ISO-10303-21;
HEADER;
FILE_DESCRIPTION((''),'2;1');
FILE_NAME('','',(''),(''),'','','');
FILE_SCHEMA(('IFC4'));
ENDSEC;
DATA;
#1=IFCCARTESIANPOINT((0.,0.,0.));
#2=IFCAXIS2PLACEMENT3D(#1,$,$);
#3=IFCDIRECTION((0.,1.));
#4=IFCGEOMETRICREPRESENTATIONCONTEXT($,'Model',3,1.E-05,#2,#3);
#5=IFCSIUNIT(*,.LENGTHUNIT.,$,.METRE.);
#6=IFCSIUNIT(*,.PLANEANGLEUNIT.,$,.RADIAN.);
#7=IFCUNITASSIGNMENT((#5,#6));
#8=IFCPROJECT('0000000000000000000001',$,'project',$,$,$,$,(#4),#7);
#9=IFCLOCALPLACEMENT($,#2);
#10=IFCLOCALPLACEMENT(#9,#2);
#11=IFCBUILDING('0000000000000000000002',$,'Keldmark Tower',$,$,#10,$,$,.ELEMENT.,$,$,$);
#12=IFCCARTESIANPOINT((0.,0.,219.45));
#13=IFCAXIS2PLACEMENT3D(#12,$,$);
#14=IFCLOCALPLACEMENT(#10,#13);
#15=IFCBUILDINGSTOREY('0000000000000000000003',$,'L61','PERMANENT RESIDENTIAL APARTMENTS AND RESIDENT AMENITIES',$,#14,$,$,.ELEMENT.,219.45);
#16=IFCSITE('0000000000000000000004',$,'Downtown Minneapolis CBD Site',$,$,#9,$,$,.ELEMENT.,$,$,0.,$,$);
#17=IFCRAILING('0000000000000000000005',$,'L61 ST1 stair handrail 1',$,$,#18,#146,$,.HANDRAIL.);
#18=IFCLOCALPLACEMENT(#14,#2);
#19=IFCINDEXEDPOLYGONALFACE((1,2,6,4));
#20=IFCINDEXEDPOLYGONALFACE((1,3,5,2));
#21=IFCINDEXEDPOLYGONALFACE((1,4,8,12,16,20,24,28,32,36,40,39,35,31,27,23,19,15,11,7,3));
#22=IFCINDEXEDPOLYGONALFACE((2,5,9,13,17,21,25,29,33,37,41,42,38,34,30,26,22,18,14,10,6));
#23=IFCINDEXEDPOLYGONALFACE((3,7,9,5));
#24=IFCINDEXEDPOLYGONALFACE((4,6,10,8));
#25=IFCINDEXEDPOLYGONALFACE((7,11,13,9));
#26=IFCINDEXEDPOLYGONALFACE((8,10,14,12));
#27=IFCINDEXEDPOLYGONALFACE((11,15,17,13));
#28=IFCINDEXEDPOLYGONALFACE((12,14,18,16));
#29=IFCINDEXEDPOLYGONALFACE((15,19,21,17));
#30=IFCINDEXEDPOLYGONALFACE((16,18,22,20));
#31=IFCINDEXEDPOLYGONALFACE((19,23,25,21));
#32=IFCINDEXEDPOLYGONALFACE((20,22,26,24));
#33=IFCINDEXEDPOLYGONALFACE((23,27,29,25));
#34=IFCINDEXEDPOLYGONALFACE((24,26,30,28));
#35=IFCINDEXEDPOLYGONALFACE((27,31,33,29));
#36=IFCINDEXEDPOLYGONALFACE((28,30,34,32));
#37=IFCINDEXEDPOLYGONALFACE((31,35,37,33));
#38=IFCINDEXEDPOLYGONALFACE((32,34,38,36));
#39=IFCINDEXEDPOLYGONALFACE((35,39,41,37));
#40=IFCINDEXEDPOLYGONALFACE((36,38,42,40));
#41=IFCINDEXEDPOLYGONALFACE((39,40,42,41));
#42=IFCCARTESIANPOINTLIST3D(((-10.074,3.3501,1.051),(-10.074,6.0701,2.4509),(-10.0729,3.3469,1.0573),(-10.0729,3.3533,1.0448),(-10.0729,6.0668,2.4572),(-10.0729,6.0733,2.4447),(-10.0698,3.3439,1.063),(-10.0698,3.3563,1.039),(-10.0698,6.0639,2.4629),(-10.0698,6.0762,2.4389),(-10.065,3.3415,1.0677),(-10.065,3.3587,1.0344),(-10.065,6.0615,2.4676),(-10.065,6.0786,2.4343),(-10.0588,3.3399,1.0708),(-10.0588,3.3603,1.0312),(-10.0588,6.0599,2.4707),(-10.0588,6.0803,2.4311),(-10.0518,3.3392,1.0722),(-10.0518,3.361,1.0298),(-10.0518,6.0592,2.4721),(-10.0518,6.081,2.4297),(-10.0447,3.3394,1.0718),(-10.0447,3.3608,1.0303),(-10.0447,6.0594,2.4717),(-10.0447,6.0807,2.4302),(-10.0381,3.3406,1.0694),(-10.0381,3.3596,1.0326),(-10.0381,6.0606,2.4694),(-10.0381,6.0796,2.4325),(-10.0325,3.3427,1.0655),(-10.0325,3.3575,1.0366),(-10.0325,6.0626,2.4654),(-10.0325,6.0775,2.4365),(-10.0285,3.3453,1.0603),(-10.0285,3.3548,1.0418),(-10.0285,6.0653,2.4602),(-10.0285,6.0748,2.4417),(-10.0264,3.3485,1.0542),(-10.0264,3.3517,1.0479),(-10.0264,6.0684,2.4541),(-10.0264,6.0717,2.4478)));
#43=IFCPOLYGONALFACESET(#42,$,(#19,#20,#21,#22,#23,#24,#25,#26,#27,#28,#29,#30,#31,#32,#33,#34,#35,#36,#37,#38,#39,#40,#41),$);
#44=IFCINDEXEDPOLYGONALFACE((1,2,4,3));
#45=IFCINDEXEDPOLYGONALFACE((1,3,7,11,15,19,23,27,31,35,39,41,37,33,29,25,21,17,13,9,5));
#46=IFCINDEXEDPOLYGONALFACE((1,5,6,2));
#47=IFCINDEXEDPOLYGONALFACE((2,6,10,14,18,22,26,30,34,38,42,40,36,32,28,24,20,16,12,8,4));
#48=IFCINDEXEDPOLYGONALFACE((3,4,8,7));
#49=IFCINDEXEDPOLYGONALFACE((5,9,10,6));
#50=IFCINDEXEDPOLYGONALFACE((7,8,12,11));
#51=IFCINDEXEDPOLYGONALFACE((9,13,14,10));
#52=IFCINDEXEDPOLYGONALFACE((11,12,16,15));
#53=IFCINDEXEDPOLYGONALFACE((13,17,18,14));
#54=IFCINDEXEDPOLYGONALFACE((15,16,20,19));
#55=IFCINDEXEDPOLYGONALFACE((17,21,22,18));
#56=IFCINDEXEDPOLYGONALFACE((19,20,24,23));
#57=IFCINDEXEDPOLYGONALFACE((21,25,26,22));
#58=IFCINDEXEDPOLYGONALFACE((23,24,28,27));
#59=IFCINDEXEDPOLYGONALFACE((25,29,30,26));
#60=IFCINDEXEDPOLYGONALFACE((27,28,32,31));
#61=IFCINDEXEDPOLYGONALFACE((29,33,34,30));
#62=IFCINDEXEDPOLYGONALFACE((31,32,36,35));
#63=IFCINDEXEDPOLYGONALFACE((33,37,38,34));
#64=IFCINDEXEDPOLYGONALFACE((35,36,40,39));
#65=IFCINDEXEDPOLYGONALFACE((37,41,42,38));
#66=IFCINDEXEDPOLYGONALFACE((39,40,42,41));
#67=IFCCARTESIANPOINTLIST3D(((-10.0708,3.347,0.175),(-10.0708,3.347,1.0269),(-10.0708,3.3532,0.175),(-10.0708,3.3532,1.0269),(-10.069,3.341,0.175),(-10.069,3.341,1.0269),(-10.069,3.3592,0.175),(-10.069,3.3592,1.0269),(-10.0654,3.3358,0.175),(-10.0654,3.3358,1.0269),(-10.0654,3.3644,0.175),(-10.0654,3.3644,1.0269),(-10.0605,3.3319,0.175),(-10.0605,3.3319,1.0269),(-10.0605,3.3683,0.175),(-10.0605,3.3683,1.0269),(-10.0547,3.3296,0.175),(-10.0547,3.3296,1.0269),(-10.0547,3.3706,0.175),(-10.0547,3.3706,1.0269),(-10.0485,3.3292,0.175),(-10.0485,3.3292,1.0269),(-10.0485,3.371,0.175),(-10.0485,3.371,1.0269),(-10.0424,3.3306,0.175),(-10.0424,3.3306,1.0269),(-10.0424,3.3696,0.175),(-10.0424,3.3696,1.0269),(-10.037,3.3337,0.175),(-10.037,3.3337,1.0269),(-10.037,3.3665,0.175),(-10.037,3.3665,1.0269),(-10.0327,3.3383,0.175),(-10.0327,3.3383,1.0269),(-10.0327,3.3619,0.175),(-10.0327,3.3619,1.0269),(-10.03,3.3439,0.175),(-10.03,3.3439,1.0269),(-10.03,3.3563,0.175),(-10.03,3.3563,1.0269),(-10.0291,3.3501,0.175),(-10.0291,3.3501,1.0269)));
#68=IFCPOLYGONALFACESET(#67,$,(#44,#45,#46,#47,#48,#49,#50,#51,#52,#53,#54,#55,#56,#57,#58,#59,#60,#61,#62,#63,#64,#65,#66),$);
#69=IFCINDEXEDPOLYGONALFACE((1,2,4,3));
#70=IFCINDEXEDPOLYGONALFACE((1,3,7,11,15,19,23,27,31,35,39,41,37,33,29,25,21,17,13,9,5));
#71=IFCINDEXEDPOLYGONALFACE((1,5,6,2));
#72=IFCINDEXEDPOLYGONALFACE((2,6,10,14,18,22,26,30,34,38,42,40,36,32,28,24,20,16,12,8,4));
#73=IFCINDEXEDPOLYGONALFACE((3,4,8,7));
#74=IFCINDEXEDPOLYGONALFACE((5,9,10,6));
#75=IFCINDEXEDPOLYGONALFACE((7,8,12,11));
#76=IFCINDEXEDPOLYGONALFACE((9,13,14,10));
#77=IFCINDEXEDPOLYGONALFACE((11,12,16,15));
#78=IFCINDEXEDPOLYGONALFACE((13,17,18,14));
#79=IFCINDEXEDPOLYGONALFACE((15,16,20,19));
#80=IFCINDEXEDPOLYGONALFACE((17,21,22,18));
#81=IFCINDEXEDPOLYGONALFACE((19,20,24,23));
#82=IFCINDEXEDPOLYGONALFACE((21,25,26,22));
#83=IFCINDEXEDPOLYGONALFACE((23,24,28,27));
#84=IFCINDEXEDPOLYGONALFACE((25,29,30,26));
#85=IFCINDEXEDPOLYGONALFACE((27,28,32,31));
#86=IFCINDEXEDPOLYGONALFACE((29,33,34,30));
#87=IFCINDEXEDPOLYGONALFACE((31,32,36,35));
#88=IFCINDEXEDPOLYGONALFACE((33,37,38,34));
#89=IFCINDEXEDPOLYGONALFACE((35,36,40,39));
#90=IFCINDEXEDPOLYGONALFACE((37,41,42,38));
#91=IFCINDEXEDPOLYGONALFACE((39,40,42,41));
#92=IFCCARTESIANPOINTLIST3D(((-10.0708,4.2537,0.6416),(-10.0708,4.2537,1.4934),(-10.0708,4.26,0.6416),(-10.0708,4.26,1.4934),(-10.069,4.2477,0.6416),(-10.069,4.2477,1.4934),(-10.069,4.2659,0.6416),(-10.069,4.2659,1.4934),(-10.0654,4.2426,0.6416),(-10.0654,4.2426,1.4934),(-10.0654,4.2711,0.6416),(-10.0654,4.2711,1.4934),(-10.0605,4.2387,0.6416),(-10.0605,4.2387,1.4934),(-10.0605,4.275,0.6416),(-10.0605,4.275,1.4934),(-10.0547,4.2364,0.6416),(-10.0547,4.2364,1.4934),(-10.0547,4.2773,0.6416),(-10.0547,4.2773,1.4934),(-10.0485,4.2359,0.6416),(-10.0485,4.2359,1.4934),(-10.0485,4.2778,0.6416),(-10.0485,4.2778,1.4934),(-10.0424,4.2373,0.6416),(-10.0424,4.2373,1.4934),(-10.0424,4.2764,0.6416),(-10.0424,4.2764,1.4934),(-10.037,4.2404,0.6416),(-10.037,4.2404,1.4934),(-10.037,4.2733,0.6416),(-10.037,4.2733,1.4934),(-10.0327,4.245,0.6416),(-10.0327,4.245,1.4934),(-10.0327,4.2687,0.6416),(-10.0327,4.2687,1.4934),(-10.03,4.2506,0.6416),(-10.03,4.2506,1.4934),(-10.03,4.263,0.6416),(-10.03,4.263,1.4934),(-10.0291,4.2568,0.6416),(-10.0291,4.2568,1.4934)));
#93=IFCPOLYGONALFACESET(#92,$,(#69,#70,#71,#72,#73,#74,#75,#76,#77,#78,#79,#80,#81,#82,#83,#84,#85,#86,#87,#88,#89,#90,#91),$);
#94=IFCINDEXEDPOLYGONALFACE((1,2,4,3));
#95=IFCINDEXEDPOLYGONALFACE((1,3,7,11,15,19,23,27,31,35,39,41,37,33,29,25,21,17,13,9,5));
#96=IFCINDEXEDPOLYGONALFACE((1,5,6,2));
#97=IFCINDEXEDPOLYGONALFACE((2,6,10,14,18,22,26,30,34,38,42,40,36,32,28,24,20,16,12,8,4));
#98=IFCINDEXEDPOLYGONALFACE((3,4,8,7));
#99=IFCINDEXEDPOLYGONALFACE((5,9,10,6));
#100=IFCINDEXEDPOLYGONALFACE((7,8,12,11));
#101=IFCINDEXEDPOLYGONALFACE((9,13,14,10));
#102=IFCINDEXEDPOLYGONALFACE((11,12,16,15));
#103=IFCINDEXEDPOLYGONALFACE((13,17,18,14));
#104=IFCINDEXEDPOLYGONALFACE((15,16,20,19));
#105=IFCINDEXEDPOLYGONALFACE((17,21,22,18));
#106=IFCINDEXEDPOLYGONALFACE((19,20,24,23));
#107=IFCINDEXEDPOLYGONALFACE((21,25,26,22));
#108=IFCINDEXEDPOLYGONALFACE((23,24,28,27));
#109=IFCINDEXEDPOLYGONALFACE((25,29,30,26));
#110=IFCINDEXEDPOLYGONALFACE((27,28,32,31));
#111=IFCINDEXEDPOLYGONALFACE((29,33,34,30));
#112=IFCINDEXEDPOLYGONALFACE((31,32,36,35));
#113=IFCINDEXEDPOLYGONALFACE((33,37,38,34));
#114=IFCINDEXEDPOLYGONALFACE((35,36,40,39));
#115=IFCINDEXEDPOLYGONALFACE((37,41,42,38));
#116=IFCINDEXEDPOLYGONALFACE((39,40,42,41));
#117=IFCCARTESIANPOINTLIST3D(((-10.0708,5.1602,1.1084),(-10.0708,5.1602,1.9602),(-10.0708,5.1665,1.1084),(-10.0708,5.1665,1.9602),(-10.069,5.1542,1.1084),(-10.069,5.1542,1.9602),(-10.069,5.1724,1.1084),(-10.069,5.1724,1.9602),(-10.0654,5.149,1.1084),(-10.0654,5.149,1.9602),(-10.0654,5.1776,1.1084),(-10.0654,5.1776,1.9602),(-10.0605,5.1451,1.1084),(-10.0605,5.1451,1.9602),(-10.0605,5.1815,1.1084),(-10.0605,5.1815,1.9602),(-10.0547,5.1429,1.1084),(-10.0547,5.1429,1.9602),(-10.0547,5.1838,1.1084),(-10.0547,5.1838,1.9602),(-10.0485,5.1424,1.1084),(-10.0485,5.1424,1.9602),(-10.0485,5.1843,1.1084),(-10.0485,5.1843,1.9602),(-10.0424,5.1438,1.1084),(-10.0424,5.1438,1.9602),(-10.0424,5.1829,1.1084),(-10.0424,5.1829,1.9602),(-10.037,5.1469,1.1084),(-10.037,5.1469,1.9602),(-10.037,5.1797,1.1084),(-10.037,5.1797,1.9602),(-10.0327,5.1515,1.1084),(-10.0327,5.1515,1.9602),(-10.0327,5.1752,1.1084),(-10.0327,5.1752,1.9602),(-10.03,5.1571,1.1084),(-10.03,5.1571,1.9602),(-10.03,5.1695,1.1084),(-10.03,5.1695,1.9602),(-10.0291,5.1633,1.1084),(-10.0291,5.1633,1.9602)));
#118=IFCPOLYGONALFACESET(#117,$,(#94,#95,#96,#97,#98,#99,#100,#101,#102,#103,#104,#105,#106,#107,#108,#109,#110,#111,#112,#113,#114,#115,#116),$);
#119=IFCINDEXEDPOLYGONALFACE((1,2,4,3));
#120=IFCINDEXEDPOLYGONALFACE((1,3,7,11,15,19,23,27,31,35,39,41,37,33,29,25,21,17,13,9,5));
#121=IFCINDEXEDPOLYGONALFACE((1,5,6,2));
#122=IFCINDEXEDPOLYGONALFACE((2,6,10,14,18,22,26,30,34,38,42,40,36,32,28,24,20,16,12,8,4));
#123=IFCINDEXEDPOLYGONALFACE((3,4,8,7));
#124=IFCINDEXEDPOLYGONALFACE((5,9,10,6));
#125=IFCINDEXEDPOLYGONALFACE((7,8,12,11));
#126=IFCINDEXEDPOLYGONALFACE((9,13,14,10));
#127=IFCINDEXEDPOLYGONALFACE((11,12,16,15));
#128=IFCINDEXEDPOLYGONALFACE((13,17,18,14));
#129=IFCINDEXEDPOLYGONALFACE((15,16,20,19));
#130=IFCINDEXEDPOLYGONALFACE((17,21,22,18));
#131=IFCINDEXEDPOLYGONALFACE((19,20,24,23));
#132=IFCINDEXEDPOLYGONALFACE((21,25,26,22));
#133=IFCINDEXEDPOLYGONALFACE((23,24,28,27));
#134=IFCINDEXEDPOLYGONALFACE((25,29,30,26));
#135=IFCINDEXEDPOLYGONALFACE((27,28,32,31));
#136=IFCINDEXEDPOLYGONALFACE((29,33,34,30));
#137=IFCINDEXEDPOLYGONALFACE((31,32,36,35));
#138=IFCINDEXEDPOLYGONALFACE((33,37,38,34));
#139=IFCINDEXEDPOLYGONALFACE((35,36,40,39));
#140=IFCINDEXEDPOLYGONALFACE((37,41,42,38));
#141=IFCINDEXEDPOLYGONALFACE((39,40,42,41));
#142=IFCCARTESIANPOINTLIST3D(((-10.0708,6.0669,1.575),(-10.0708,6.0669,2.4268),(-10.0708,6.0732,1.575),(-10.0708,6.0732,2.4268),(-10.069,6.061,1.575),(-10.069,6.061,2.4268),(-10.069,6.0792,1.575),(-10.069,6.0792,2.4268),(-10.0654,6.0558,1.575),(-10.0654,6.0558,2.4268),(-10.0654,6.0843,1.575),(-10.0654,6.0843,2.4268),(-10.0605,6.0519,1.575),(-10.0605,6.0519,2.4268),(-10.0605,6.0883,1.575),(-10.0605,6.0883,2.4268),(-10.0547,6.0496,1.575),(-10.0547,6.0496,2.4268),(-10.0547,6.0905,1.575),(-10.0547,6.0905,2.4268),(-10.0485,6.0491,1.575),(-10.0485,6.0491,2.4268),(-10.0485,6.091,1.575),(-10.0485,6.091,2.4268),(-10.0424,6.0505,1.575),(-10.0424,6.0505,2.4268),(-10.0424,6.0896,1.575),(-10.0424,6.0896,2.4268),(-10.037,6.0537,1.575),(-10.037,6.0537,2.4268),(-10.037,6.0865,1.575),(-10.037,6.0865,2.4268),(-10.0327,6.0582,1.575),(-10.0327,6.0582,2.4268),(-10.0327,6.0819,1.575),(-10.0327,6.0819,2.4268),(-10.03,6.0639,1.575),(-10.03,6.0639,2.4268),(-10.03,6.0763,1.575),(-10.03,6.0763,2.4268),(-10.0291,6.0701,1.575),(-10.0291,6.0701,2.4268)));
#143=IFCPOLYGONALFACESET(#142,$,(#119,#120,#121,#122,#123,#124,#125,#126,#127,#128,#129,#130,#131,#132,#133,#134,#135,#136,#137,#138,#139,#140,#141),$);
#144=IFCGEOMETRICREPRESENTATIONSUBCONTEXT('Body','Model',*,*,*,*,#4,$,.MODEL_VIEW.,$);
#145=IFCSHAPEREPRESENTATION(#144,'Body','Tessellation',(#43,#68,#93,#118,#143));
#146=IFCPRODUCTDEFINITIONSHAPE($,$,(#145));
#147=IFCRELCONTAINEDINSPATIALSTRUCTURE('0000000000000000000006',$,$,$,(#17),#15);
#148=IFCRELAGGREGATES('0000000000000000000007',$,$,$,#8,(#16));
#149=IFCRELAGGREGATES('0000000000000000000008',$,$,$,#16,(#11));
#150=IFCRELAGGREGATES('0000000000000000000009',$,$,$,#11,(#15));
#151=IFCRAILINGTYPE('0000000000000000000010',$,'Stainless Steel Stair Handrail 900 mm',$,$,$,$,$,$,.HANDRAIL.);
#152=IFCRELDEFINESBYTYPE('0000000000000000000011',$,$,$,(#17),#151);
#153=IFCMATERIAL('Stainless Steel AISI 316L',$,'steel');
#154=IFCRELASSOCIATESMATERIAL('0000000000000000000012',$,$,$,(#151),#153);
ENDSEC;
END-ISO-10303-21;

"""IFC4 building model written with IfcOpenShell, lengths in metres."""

from ifc_helpers import new_model, si_unit, direction, frame, origin, origin_2d, place, context, subcontext, project, spatial, circle, extrude, material, type_object, element, save


model = new_model("IFC4")

# Units and contexts
model_context = context("Model", 3, precision=1e-05, world=origin(), true_north=direction((0.0, 1.0)))
body_context = subcontext(model_context, "Body", "Model", "MODEL_VIEW")
ifc_project = project(units=[si_unit("LENGTHUNIT", "METRE"), si_unit("PLANEANGLEUNIT", "RADIAN")], contexts=[model_context])

# Site, building, storey
site_placement = place(None, origin())
site = spatial("IfcSite", under=ifc_project, at=site_placement, Name="Downtown Minneapolis CBD Site", CompositionType="ELEMENT", RefElevation=0.0)
building_placement = place(site_placement, origin())
building = spatial("IfcBuilding", under=site, at=building_placement, Name="Keldmark Tower", CompositionType="ELEMENT")
storey_placement = place(building_placement, frame((0.0, 0.0, 219.45)))
storey = spatial("IfcBuildingStorey", under=building, at=storey_placement, Name="L61", Description="PERMANENT RESIDENTIAL APARTMENTS AND RESIDENT AMENITIES", CompositionType="ELEMENT", Elevation=219.45)

# Railing
ifc_material_1 = material(Name="Stainless Steel AISI 316L", Category="steel")
railing_type = type_object("IfcRailingType", Name="Stainless Steel Stair Handrail 900 mm", PredefinedType="HANDRAIL", material=ifc_material_1)
railing_placement = place(storey_placement, frame((-10.05, 3.3501, 0.175)))
element("IfcRailing", 1, at=railing_placement, inside=storey, type_object=railing_type, Name="L61 ST1 stair handrail 1", PredefinedType="HANDRAIL", context=body_context, shape_type="SweptSolid", body=[
    extrude(circle(Radius=0.0239, at=origin_2d()), frame((0.0, 0.0, 0.876), z_axis=(0.0, 0.889147, 0.457622), x_axis=(-1.0, 0.0, 0.0)), (0.0, 0.0, 1.0), 3.0591),
    extrude(circle(Radius=0.021, at=origin_2d()), origin(), (0.0, 0.0, 1.0), 0.8518),
    extrude(circle(Radius=0.021, at=origin_2d()), frame((0.0, 0.9067, 0.4666)), (0.0, 0.0, 1.0), 0.8518),
    extrude(circle(Radius=0.021, at=origin_2d()), frame((0.0, 1.8132, 0.9333)), (0.0, 0.0, 1.0), 0.8518),
    extrude(circle(Radius=0.021, at=origin_2d()), frame((0.0, 2.72, 1.3999)), (0.0, 0.0, 1.0), 0.8518),
])

save(model, "model.ifc")
